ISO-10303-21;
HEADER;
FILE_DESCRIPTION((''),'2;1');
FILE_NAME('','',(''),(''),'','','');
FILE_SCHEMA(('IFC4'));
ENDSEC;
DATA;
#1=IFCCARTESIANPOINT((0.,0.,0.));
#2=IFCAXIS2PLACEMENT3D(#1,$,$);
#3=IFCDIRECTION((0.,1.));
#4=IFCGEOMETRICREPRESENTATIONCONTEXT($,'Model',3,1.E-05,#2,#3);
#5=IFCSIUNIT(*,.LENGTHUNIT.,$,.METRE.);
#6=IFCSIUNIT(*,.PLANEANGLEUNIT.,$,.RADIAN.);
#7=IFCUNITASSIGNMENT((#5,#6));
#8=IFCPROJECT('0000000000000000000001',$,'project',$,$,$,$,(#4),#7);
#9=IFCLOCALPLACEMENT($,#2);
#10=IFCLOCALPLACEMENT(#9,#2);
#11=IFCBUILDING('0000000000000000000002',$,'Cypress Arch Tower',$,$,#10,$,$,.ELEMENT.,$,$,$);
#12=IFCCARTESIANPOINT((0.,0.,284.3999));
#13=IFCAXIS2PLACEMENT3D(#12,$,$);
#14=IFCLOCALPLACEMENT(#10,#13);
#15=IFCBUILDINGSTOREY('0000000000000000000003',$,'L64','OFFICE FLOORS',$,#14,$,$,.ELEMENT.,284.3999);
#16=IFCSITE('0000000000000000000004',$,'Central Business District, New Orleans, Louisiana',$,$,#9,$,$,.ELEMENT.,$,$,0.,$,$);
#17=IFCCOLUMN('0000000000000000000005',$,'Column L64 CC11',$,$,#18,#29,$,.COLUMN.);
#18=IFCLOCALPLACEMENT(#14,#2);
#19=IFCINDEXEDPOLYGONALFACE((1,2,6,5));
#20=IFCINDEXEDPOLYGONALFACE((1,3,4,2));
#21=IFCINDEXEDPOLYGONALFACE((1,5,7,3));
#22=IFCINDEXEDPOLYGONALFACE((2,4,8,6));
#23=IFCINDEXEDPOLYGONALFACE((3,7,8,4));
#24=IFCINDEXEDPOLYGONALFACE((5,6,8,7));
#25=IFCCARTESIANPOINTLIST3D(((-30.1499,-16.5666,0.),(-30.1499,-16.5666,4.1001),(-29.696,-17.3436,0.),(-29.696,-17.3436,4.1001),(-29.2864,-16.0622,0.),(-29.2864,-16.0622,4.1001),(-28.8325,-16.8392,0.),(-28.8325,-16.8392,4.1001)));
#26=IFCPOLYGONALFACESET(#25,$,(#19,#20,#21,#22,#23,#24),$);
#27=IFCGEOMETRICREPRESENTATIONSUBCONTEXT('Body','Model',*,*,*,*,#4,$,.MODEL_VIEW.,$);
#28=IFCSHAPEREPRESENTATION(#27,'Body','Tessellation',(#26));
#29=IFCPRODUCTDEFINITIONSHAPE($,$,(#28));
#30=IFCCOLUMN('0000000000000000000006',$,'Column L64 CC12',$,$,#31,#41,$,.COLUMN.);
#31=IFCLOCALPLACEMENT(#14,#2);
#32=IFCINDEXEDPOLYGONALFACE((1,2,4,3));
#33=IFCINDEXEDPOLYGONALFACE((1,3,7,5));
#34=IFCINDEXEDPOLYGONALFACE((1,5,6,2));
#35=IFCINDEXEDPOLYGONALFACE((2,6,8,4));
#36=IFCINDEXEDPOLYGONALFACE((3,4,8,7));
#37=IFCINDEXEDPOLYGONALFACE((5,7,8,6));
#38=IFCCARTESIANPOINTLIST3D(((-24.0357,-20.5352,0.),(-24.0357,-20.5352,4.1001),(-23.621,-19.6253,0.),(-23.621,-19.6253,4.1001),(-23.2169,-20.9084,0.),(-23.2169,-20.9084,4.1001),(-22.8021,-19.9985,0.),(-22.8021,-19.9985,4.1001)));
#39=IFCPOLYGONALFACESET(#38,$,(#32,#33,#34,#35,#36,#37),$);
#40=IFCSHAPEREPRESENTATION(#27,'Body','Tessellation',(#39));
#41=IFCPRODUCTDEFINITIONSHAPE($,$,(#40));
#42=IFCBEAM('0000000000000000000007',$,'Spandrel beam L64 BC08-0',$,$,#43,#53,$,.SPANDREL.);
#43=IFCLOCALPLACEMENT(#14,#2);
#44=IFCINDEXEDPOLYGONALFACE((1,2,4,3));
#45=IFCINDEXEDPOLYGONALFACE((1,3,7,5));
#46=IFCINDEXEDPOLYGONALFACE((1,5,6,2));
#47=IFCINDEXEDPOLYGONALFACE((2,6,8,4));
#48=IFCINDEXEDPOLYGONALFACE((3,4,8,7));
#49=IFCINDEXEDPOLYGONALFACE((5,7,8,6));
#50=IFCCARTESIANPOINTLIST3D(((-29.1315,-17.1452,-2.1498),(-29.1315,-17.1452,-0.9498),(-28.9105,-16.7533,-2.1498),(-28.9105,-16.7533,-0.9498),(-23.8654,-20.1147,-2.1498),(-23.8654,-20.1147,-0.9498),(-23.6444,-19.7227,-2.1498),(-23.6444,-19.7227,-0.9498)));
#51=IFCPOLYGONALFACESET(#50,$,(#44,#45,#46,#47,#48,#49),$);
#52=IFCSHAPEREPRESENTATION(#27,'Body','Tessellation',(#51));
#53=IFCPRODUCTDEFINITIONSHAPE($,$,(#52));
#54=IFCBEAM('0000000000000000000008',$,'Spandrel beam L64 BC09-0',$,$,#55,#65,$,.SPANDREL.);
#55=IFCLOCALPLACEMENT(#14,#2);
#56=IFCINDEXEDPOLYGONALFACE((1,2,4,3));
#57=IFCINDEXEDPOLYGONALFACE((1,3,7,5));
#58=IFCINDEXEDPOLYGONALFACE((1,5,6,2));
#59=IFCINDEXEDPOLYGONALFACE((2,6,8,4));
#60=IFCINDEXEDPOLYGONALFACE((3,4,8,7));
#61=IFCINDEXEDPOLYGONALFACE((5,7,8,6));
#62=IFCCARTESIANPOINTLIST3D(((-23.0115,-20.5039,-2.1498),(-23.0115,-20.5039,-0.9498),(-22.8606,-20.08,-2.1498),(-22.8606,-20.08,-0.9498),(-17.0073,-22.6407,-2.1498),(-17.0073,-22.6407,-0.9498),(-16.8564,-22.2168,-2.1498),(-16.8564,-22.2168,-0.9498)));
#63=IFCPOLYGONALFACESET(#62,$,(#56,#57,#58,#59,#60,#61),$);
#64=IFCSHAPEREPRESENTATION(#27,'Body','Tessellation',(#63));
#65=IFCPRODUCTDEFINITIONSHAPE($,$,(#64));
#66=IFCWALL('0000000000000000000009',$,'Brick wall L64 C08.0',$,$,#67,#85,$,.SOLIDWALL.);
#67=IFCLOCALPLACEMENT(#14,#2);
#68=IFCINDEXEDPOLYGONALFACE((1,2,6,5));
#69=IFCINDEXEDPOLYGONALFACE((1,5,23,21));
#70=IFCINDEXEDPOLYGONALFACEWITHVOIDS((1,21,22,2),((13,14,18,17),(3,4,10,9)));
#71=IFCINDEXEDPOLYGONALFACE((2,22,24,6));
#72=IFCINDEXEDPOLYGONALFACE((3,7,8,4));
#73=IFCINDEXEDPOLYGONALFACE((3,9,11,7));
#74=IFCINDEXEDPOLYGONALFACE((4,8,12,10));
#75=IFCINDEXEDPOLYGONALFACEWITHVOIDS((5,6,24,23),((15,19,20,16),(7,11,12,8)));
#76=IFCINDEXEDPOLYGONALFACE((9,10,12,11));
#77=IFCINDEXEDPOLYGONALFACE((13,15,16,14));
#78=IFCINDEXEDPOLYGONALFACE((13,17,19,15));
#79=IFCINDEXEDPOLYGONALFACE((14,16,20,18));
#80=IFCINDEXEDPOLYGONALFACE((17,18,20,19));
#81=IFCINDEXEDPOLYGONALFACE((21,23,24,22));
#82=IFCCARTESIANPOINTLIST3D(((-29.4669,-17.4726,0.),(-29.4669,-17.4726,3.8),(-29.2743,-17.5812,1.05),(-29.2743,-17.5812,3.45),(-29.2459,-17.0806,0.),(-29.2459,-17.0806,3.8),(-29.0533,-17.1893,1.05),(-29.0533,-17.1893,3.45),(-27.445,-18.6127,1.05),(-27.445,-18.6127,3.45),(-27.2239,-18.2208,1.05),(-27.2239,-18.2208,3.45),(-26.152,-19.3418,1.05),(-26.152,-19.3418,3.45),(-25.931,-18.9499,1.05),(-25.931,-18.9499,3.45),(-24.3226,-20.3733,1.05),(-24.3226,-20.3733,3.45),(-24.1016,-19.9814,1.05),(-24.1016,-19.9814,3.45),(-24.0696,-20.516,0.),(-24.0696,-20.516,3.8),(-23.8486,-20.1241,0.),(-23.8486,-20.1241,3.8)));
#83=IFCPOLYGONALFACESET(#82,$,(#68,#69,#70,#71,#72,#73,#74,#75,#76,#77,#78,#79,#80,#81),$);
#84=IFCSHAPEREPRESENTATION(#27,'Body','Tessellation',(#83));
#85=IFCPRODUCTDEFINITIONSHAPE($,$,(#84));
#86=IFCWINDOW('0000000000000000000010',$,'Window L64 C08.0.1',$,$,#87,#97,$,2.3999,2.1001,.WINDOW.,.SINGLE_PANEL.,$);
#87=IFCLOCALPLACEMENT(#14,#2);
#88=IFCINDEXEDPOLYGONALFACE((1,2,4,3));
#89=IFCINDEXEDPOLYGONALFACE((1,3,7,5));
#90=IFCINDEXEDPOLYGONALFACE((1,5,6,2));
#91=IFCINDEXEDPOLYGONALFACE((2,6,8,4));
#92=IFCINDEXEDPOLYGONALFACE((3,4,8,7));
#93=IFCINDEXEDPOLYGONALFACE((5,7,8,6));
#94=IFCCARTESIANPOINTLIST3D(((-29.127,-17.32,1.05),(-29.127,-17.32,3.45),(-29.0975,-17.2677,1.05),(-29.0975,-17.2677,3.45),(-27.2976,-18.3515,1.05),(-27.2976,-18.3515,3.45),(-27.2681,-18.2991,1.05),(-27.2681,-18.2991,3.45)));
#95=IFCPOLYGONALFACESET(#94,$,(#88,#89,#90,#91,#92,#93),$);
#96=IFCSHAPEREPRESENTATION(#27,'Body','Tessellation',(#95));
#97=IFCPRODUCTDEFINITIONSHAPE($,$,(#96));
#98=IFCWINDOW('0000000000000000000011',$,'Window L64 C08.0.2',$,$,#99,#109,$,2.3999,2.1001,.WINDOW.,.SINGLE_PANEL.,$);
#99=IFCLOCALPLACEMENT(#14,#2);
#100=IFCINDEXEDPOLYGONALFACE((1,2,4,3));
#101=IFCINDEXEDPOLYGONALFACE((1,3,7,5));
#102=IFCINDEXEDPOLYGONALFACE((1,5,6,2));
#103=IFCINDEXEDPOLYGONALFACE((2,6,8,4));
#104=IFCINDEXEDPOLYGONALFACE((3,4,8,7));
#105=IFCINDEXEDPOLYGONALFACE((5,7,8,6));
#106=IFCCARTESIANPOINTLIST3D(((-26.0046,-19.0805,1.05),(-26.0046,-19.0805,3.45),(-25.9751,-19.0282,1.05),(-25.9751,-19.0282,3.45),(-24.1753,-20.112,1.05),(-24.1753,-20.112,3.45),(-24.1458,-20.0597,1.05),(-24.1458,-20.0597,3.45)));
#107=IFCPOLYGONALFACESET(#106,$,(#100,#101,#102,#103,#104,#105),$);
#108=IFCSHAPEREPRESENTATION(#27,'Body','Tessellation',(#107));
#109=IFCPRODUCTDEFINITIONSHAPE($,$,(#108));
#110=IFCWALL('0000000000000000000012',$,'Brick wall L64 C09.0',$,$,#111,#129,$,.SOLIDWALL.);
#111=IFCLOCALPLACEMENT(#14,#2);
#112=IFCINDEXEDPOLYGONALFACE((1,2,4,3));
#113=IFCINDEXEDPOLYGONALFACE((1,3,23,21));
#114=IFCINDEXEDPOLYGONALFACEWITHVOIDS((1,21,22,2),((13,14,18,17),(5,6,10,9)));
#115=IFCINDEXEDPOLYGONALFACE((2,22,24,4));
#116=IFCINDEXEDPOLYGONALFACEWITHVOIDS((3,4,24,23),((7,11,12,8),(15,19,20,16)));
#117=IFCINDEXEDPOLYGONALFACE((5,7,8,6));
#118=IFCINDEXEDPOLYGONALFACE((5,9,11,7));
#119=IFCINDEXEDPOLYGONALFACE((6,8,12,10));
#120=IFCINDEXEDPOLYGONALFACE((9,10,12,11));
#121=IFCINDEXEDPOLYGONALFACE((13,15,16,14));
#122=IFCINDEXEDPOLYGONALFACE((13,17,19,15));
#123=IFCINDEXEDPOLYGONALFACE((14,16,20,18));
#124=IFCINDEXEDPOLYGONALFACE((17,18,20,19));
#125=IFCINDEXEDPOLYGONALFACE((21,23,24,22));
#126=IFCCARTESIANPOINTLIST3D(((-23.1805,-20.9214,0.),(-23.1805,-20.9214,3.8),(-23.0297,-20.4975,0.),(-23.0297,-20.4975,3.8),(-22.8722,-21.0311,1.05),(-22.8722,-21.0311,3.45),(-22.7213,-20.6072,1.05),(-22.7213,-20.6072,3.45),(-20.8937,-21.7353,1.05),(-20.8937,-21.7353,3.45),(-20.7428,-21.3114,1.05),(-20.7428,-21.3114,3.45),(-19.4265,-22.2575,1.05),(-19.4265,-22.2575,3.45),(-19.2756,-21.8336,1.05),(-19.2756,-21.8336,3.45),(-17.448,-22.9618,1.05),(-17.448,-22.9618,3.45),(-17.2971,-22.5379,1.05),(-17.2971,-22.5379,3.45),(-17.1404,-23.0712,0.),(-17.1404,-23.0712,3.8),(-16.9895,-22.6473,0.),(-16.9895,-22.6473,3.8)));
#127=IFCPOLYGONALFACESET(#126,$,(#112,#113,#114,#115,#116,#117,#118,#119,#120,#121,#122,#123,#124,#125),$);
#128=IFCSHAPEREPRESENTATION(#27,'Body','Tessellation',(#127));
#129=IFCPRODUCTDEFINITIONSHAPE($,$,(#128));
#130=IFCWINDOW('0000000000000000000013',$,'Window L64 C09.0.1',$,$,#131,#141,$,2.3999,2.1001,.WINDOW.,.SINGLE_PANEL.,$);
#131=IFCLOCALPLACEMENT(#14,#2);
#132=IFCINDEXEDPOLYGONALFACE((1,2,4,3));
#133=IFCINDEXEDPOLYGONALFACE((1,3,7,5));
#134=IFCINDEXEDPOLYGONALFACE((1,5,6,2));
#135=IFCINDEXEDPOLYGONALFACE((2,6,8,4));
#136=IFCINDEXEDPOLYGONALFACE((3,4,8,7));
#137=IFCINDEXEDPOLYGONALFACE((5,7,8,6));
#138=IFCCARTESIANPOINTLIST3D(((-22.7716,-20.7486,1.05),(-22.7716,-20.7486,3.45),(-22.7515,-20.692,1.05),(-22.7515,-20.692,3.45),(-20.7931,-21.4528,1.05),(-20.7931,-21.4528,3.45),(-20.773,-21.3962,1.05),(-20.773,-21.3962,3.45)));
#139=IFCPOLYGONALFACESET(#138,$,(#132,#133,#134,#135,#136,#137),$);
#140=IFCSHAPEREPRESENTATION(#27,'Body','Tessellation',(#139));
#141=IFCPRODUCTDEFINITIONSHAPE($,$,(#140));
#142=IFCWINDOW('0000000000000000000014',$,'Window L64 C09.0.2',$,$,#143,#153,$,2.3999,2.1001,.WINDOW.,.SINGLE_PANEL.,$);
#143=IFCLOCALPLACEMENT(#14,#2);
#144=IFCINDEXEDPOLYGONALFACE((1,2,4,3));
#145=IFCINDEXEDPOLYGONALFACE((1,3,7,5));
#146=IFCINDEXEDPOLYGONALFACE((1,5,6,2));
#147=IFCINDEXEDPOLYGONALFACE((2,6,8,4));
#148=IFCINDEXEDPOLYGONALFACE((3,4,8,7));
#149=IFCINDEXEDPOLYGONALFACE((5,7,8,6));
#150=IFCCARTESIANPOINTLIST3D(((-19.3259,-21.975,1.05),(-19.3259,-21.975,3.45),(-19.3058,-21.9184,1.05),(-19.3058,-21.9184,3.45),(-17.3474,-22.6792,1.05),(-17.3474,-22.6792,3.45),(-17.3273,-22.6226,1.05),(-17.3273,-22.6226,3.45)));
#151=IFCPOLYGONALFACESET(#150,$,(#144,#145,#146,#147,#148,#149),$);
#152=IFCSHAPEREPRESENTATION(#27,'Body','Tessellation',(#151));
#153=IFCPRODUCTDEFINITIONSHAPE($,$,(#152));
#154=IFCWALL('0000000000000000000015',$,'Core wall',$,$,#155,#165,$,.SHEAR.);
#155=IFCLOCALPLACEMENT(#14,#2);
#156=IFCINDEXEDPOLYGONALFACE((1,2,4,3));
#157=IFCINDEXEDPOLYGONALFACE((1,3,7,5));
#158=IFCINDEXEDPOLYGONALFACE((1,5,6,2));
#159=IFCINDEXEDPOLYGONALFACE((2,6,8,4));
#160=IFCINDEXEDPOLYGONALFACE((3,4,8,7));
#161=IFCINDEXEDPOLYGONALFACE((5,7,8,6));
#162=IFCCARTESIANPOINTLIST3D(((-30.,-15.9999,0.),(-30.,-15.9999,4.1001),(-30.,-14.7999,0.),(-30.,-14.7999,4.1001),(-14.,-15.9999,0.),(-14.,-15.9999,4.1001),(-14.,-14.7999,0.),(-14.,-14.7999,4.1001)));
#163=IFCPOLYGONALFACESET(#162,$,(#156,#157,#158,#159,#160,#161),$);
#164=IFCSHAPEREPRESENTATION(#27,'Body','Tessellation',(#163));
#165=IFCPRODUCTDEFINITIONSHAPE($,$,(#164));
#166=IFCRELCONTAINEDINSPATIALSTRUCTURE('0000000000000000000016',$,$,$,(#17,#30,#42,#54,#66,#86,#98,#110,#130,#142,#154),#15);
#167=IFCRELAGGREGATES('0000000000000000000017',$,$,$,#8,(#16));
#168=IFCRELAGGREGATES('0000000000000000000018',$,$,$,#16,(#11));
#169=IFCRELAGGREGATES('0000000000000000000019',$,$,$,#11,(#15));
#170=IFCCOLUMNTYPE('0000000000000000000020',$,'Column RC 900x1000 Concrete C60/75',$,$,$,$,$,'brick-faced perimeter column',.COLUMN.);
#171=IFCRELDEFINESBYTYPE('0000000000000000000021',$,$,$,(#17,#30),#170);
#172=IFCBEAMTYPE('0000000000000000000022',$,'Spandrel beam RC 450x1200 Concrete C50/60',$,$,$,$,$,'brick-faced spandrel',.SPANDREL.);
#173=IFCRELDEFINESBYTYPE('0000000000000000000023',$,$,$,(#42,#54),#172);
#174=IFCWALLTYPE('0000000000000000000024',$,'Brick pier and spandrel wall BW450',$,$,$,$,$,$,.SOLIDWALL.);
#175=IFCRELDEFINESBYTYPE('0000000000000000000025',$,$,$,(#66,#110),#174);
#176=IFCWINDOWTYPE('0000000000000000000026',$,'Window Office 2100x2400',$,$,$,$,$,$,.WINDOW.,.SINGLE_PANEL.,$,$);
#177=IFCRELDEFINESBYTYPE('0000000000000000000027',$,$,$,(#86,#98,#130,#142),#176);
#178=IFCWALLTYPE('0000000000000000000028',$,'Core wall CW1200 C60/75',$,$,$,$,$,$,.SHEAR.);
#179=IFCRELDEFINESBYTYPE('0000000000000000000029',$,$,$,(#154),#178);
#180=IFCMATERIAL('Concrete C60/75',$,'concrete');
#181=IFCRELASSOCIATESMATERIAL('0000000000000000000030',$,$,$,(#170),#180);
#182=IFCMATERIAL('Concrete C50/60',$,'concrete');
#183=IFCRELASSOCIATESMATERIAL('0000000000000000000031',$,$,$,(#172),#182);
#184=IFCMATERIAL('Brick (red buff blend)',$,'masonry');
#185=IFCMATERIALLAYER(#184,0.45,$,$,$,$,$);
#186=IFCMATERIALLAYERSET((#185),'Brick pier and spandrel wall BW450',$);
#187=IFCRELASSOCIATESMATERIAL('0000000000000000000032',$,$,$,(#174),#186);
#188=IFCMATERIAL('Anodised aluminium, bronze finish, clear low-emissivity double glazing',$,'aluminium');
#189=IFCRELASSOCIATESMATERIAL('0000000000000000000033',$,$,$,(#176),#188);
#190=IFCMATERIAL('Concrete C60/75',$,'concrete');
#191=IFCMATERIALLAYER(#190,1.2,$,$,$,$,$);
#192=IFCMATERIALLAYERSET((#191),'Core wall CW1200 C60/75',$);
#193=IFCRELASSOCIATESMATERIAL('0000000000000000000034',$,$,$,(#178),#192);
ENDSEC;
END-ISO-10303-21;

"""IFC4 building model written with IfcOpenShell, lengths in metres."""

from ifc_helpers import new_model, si_unit, direction, frame, frame_2d, origin, origin_2d, place, context, subcontext, project, spatial, rectangle, extrude, material, layer, layer_set, material_profile, profile_set, type_object, element, fill, save


model = new_model("IFC4")

# Units and contexts
model_context = context("Model", 3, precision=1e-05, world=origin(), true_north=direction((0.0, 1.0)))
body_context = subcontext(model_context, "Body", "Model", "MODEL_VIEW")
ifc_project = project(units=[si_unit("LENGTHUNIT", "METRE"), si_unit("PLANEANGLEUNIT", "RADIAN")], contexts=[model_context])

# Site, building, storey
site_placement = place(None, origin())
site = spatial("IfcSite", under=ifc_project, at=site_placement, Name="Central Business District, New Orleans, Louisiana", CompositionType="ELEMENT", RefElevation=0.0)
building_placement = place(site_placement, origin())
building = spatial("IfcBuilding", under=site, at=building_placement, Name="Cypress Arch Tower", CompositionType="ELEMENT")
storey_placement = place(building_placement, frame((0.0, 0.0, 284.3999)))
storey = spatial("IfcBuildingStorey", under=building, at=storey_placement, Name="L64", Description="OFFICE FLOORS", CompositionType="ELEMENT", Elevation=284.3999)

# Columns
ifc_material_1 = material(Name="Concrete C60/75", Category="concrete")
ifc_material_profile_1 = material_profile(ifc_material_1, rectangle(XDim=0.8999, YDim=1.0, at=origin_2d()), Name="RC 900x1000")
ifc_profile_set_1 = profile_set([ifc_material_profile_1], Name="Concrete C60/75")
column_type = type_object("IfcColumnType", Name="Column RC 900x1000 Concrete C60/75", ElementType="brick-faced perimeter column", PredefinedType="COLUMN", material=ifc_profile_set_1)
for number, where, z_axis, x_axis, name in (
    (1, (-29.4912, -16.7029, 0.0), (0.0, 0.0, 1.0), (0.504399, -0.863471, 0.0), "Column L64 CC11"),
    (2, (-23.4189, -20.2668, 0.0), (0.0, 0.0, 1.0), (0.909932, -0.414757, 0.0), "Column L64 CC12"),
):
    element("IfcColumn", number, at=place(storey_placement, frame(where, z_axis=z_axis, x_axis=x_axis)), inside=storey, type_object=column_type, Name=name, PredefinedType="COLUMN", context=body_context, shape_type="SweptSolid", body=[
        extrude(rectangle(XDim=0.8999, YDim=1.0, at=origin_2d()), origin(), (0.0, 0.0, 1.0), 4.1001),
    ])

# Beams
ifc_material_2 = material(Name="Concrete C50/60", Category="concrete")
ifc_material_profile_2 = material_profile(ifc_material_2, rectangle(XDim=0.45, YDim=1.2, at=origin_2d()), Name="RC 450x1200")
ifc_profile_set_2 = profile_set([ifc_material_profile_2], Name="Concrete C50/60")
beam_type = type_object("IfcBeamType", Name="Spandrel beam RC 450x1200 Concrete C50/60", ElementType="brick-faced spandrel", PredefinedType="SPANDREL", material=ifc_profile_set_2)
beam_1_placement = place(storey_placement, frame((-29.021, -16.9492, -1.5498), z_axis=(0.87106, -0.491177, 0.0), x_axis=(0.491177, 0.87106, 0.0)))
element("IfcBeam", 3, at=beam_1_placement, inside=storey, type_object=beam_type, Name="Spandrel beam L64 BC08-0", PredefinedType="SPANDREL", context=body_context, shape_type="SweptSolid", body=[
    extrude(rectangle(XDim=0.45, YDim=1.2, at=origin_2d()), origin(), (0.0, 0.0, 1.0), 6.0457),
])
beam_2_placement = place(storey_placement, frame((-22.936, -20.292, -1.5498), z_axis=(0.94212, -0.335276, 0.0), x_axis=(0.335276, 0.94212, 0.0)))
element("IfcBeam", 4, at=beam_2_placement, inside=storey, type_object=beam_type, Name="Spandrel beam L64 BC09-0", PredefinedType="SPANDREL", context=body_context, shape_type="SweptSolid", body=[
    extrude(rectangle(XDim=0.45, YDim=1.2, at=origin_2d()), origin(), (0.0, 0.0, 1.0), 6.373),
])

# Walls, openings, windows
ifc_material_3 = material(Name="Brick (red buff blend)", Category="masonry")
ifc_layer_1 = layer(ifc_material_3, 0.45)
ifc_layer_set_1 = layer_set([ifc_layer_1], Name="Brick pier and spandrel wall BW450")
wall_type_1 = type_object("IfcWallType", Name="Brick pier and spandrel wall BW450", PredefinedType="SOLIDWALL", material=ifc_layer_set_1)
wall_1_placement = place(storey_placement, frame((-29.3564, -17.2766, 0.0), z_axis=(0.0, 0.0, 1.0), x_axis=(0.871066, -0.491166, 0.0)))
wall_1 = element("IfcWall", 5, at=wall_1_placement, inside=storey, type_object=wall_type_1, Name="Brick wall L64 C08.0", PredefinedType="SOLIDWALL", context=body_context, shape_type="SweptSolid", body=[
    extrude(rectangle(XDim=6.1963, YDim=0.45, at=frame_2d((3.0981, 0.0))), origin(), (0.0, 0.0, 1.0), 3.8),
])
opening_1_placement = place(wall_1_placement, frame((0.2212, 0.0, 1.05)))
opening_1 = element("IfcOpeningElement", 6, at=opening_1_placement, cuts=wall_1, PredefinedType="OPENING", context=body_context, shape_type="SweptSolid", body=[
    extrude(rectangle(XDim=2.1001, YDim=2.3999, at=frame_2d((1.05, 1.2))), frame((0.0, 0.2349, 0.0), z_axis=(0.0, -1.0, 0.0), x_axis=(1.0, 0.0, 0.0)), (0.0, 0.0, 1.0), 0.47),
])
opening_2_placement = place(wall_1_placement, frame((3.8057, 0.0, 1.05)))
opening_2 = element("IfcOpeningElement", 7, at=opening_2_placement, cuts=wall_1, PredefinedType="OPENING", context=body_context, shape_type="SweptSolid", body=[
    extrude(rectangle(XDim=2.1001, YDim=2.3999, at=frame_2d((1.05, 1.2))), frame((0.0, 0.2349, 0.0), z_axis=(0.0, -1.0, 0.0), x_axis=(1.0, 0.0, 0.0)), (0.0, 0.0, 1.0), 0.47),
])
ifc_material_4 = material(Name="Anodised aluminium, bronze finish, clear low-emissivity double glazing", Category="aluminium")
window_type = type_object("IfcWindowType", Name="Window Office 2100x2400", PartitioningType="SINGLE_PANEL", PredefinedType="WINDOW", material=ifc_material_4)
window_1_placement = place(opening_1_placement, origin())
window_1 = element("IfcWindow", 8, at=window_1_placement, inside=storey, type_object=window_type, Name="Window L64 C08.0.1", OverallHeight=2.3999, OverallWidth=2.1001, PartitioningType="SINGLE_PANEL", PredefinedType="WINDOW", context=body_context, shape_type="SweptSolid", body=[
    extrude(rectangle(XDim=2.1001, YDim=2.3999, at=frame_2d((1.05, 1.2))), frame((0.0, 0.135, 0.0), z_axis=(0.0, -1.0, 0.0), x_axis=(1.0, 0.0, 0.0)), (0.0, 0.0, 1.0), 0.0601),
])
fill(opening_1, window_1)
window_2_placement = place(opening_2_placement, origin())
window_2 = element("IfcWindow", 9, at=window_2_placement, inside=storey, type_object=window_type, Name="Window L64 C08.0.2", OverallHeight=2.3999, OverallWidth=2.1001, PartitioningType="SINGLE_PANEL", PredefinedType="WINDOW", context=body_context, shape_type="SweptSolid", body=[
    extrude(rectangle(XDim=2.1001, YDim=2.3999, at=frame_2d((1.05, 1.2))), frame((0.0, 0.135, 0.0), z_axis=(0.0, -1.0, 0.0), x_axis=(1.0, 0.0, 0.0)), (0.0, 0.0, 1.0), 0.0601),
])
fill(opening_2, window_2)
wall_2_placement = place(storey_placement, frame((-23.105, -20.7095, 0.0), z_axis=(0.0, 0.0, 1.0), x_axis=(0.942104, -0.335321, 0.0)))
wall_2 = element("IfcWall", 10, at=wall_2_placement, inside=storey, type_object=wall_type_1, Name="Brick wall L64 C09.0", PredefinedType="SOLIDWALL", context=body_context, shape_type="SweptSolid", body=[
    extrude(rectangle(XDim=6.4114, YDim=0.45, at=frame_2d((3.2056, 0.0))), origin(), (0.0, 0.0, 1.0), 3.8),
])
opening_3_placement = place(wall_2_placement, frame((0.3271, 0.0, 1.05)))
opening_3 = element("IfcOpeningElement", 11, at=opening_3_placement, cuts=wall_2, PredefinedType="OPENING", context=body_context, shape_type="SweptSolid", body=[
    extrude(rectangle(XDim=2.1001, YDim=2.3999, at=frame_2d((1.05, 1.2))), frame((0.0, 0.2349, 0.0), z_axis=(0.0, -1.0, 0.0), x_axis=(1.0, 0.0, 0.0)), (0.0, 0.0, 1.0), 0.47),
])
opening_4_placement = place(wall_2_placement, frame((3.9846, 0.0, 1.05)))
opening_4 = element("IfcOpeningElement", 12, at=opening_4_placement, cuts=wall_2, PredefinedType="OPENING", context=body_context, shape_type="SweptSolid", body=[
    extrude(rectangle(XDim=2.1001, YDim=2.3999, at=frame_2d((1.05, 1.2))), frame((0.0, 0.2349, 0.0), z_axis=(0.0, -1.0, 0.0), x_axis=(1.0, 0.0, 0.0)), (0.0, 0.0, 1.0), 0.47),
])
window_3_placement = place(opening_3_placement, origin())
window_3 = element("IfcWindow", 13, at=window_3_placement, inside=storey, type_object=window_type, Name="Window L64 C09.0.1", OverallHeight=2.3999, OverallWidth=2.1001, PartitioningType="SINGLE_PANEL", PredefinedType="WINDOW", context=body_context, shape_type="SweptSolid", body=[
    extrude(rectangle(XDim=2.1001, YDim=2.3999, at=frame_2d((1.05, 1.2))), frame((0.0, 0.135, 0.0), z_axis=(0.0, -1.0, 0.0), x_axis=(1.0, 0.0, 0.0)), (0.0, 0.0, 1.0), 0.0601),
])
fill(opening_3, window_3)
window_4_placement = place(opening_4_placement, origin())
window_4 = element("IfcWindow", 14, at=window_4_placement, inside=storey, type_object=window_type, Name="Window L64 C09.0.2", OverallHeight=2.3999, OverallWidth=2.1001, PartitioningType="SINGLE_PANEL", PredefinedType="WINDOW", context=body_context, shape_type="SweptSolid", body=[
    extrude(rectangle(XDim=2.1001, YDim=2.3999, at=frame_2d((1.05, 1.2))), frame((0.0, 0.135, 0.0), z_axis=(0.0, -1.0, 0.0), x_axis=(1.0, 0.0, 0.0)), (0.0, 0.0, 1.0), 0.0601),
])
fill(opening_4, window_4)

# Wall
ifc_material_5 = material(Name="Concrete C60/75", Category="concrete")
ifc_layer_2 = layer(ifc_material_5, 1.2)
ifc_layer_set_2 = layer_set([ifc_layer_2], Name="Core wall CW1200 C60/75")
wall_type_2 = type_object("IfcWallType", Name="Core wall CW1200 C60/75", PredefinedType="SHEAR", material=ifc_layer_set_2)
wall_3_placement = place(storey_placement, frame((-30.0, -15.3999, 0.0), z_axis=(0.0, 0.0, 1.0), x_axis=(1.0, 0.0, 0.0)))
element("IfcWall", 15, at=wall_3_placement, inside=storey, type_object=wall_type_2, Name="Core wall", PredefinedType="SHEAR", context=body_context, shape_type="SweptSolid", body=[
    extrude(rectangle(XDim=16.0, YDim=1.2, at=frame_2d((8.0, 0.0))), origin(), (0.0, 0.0, 1.0), 4.1001),
])

save(model, "model.ifc")
